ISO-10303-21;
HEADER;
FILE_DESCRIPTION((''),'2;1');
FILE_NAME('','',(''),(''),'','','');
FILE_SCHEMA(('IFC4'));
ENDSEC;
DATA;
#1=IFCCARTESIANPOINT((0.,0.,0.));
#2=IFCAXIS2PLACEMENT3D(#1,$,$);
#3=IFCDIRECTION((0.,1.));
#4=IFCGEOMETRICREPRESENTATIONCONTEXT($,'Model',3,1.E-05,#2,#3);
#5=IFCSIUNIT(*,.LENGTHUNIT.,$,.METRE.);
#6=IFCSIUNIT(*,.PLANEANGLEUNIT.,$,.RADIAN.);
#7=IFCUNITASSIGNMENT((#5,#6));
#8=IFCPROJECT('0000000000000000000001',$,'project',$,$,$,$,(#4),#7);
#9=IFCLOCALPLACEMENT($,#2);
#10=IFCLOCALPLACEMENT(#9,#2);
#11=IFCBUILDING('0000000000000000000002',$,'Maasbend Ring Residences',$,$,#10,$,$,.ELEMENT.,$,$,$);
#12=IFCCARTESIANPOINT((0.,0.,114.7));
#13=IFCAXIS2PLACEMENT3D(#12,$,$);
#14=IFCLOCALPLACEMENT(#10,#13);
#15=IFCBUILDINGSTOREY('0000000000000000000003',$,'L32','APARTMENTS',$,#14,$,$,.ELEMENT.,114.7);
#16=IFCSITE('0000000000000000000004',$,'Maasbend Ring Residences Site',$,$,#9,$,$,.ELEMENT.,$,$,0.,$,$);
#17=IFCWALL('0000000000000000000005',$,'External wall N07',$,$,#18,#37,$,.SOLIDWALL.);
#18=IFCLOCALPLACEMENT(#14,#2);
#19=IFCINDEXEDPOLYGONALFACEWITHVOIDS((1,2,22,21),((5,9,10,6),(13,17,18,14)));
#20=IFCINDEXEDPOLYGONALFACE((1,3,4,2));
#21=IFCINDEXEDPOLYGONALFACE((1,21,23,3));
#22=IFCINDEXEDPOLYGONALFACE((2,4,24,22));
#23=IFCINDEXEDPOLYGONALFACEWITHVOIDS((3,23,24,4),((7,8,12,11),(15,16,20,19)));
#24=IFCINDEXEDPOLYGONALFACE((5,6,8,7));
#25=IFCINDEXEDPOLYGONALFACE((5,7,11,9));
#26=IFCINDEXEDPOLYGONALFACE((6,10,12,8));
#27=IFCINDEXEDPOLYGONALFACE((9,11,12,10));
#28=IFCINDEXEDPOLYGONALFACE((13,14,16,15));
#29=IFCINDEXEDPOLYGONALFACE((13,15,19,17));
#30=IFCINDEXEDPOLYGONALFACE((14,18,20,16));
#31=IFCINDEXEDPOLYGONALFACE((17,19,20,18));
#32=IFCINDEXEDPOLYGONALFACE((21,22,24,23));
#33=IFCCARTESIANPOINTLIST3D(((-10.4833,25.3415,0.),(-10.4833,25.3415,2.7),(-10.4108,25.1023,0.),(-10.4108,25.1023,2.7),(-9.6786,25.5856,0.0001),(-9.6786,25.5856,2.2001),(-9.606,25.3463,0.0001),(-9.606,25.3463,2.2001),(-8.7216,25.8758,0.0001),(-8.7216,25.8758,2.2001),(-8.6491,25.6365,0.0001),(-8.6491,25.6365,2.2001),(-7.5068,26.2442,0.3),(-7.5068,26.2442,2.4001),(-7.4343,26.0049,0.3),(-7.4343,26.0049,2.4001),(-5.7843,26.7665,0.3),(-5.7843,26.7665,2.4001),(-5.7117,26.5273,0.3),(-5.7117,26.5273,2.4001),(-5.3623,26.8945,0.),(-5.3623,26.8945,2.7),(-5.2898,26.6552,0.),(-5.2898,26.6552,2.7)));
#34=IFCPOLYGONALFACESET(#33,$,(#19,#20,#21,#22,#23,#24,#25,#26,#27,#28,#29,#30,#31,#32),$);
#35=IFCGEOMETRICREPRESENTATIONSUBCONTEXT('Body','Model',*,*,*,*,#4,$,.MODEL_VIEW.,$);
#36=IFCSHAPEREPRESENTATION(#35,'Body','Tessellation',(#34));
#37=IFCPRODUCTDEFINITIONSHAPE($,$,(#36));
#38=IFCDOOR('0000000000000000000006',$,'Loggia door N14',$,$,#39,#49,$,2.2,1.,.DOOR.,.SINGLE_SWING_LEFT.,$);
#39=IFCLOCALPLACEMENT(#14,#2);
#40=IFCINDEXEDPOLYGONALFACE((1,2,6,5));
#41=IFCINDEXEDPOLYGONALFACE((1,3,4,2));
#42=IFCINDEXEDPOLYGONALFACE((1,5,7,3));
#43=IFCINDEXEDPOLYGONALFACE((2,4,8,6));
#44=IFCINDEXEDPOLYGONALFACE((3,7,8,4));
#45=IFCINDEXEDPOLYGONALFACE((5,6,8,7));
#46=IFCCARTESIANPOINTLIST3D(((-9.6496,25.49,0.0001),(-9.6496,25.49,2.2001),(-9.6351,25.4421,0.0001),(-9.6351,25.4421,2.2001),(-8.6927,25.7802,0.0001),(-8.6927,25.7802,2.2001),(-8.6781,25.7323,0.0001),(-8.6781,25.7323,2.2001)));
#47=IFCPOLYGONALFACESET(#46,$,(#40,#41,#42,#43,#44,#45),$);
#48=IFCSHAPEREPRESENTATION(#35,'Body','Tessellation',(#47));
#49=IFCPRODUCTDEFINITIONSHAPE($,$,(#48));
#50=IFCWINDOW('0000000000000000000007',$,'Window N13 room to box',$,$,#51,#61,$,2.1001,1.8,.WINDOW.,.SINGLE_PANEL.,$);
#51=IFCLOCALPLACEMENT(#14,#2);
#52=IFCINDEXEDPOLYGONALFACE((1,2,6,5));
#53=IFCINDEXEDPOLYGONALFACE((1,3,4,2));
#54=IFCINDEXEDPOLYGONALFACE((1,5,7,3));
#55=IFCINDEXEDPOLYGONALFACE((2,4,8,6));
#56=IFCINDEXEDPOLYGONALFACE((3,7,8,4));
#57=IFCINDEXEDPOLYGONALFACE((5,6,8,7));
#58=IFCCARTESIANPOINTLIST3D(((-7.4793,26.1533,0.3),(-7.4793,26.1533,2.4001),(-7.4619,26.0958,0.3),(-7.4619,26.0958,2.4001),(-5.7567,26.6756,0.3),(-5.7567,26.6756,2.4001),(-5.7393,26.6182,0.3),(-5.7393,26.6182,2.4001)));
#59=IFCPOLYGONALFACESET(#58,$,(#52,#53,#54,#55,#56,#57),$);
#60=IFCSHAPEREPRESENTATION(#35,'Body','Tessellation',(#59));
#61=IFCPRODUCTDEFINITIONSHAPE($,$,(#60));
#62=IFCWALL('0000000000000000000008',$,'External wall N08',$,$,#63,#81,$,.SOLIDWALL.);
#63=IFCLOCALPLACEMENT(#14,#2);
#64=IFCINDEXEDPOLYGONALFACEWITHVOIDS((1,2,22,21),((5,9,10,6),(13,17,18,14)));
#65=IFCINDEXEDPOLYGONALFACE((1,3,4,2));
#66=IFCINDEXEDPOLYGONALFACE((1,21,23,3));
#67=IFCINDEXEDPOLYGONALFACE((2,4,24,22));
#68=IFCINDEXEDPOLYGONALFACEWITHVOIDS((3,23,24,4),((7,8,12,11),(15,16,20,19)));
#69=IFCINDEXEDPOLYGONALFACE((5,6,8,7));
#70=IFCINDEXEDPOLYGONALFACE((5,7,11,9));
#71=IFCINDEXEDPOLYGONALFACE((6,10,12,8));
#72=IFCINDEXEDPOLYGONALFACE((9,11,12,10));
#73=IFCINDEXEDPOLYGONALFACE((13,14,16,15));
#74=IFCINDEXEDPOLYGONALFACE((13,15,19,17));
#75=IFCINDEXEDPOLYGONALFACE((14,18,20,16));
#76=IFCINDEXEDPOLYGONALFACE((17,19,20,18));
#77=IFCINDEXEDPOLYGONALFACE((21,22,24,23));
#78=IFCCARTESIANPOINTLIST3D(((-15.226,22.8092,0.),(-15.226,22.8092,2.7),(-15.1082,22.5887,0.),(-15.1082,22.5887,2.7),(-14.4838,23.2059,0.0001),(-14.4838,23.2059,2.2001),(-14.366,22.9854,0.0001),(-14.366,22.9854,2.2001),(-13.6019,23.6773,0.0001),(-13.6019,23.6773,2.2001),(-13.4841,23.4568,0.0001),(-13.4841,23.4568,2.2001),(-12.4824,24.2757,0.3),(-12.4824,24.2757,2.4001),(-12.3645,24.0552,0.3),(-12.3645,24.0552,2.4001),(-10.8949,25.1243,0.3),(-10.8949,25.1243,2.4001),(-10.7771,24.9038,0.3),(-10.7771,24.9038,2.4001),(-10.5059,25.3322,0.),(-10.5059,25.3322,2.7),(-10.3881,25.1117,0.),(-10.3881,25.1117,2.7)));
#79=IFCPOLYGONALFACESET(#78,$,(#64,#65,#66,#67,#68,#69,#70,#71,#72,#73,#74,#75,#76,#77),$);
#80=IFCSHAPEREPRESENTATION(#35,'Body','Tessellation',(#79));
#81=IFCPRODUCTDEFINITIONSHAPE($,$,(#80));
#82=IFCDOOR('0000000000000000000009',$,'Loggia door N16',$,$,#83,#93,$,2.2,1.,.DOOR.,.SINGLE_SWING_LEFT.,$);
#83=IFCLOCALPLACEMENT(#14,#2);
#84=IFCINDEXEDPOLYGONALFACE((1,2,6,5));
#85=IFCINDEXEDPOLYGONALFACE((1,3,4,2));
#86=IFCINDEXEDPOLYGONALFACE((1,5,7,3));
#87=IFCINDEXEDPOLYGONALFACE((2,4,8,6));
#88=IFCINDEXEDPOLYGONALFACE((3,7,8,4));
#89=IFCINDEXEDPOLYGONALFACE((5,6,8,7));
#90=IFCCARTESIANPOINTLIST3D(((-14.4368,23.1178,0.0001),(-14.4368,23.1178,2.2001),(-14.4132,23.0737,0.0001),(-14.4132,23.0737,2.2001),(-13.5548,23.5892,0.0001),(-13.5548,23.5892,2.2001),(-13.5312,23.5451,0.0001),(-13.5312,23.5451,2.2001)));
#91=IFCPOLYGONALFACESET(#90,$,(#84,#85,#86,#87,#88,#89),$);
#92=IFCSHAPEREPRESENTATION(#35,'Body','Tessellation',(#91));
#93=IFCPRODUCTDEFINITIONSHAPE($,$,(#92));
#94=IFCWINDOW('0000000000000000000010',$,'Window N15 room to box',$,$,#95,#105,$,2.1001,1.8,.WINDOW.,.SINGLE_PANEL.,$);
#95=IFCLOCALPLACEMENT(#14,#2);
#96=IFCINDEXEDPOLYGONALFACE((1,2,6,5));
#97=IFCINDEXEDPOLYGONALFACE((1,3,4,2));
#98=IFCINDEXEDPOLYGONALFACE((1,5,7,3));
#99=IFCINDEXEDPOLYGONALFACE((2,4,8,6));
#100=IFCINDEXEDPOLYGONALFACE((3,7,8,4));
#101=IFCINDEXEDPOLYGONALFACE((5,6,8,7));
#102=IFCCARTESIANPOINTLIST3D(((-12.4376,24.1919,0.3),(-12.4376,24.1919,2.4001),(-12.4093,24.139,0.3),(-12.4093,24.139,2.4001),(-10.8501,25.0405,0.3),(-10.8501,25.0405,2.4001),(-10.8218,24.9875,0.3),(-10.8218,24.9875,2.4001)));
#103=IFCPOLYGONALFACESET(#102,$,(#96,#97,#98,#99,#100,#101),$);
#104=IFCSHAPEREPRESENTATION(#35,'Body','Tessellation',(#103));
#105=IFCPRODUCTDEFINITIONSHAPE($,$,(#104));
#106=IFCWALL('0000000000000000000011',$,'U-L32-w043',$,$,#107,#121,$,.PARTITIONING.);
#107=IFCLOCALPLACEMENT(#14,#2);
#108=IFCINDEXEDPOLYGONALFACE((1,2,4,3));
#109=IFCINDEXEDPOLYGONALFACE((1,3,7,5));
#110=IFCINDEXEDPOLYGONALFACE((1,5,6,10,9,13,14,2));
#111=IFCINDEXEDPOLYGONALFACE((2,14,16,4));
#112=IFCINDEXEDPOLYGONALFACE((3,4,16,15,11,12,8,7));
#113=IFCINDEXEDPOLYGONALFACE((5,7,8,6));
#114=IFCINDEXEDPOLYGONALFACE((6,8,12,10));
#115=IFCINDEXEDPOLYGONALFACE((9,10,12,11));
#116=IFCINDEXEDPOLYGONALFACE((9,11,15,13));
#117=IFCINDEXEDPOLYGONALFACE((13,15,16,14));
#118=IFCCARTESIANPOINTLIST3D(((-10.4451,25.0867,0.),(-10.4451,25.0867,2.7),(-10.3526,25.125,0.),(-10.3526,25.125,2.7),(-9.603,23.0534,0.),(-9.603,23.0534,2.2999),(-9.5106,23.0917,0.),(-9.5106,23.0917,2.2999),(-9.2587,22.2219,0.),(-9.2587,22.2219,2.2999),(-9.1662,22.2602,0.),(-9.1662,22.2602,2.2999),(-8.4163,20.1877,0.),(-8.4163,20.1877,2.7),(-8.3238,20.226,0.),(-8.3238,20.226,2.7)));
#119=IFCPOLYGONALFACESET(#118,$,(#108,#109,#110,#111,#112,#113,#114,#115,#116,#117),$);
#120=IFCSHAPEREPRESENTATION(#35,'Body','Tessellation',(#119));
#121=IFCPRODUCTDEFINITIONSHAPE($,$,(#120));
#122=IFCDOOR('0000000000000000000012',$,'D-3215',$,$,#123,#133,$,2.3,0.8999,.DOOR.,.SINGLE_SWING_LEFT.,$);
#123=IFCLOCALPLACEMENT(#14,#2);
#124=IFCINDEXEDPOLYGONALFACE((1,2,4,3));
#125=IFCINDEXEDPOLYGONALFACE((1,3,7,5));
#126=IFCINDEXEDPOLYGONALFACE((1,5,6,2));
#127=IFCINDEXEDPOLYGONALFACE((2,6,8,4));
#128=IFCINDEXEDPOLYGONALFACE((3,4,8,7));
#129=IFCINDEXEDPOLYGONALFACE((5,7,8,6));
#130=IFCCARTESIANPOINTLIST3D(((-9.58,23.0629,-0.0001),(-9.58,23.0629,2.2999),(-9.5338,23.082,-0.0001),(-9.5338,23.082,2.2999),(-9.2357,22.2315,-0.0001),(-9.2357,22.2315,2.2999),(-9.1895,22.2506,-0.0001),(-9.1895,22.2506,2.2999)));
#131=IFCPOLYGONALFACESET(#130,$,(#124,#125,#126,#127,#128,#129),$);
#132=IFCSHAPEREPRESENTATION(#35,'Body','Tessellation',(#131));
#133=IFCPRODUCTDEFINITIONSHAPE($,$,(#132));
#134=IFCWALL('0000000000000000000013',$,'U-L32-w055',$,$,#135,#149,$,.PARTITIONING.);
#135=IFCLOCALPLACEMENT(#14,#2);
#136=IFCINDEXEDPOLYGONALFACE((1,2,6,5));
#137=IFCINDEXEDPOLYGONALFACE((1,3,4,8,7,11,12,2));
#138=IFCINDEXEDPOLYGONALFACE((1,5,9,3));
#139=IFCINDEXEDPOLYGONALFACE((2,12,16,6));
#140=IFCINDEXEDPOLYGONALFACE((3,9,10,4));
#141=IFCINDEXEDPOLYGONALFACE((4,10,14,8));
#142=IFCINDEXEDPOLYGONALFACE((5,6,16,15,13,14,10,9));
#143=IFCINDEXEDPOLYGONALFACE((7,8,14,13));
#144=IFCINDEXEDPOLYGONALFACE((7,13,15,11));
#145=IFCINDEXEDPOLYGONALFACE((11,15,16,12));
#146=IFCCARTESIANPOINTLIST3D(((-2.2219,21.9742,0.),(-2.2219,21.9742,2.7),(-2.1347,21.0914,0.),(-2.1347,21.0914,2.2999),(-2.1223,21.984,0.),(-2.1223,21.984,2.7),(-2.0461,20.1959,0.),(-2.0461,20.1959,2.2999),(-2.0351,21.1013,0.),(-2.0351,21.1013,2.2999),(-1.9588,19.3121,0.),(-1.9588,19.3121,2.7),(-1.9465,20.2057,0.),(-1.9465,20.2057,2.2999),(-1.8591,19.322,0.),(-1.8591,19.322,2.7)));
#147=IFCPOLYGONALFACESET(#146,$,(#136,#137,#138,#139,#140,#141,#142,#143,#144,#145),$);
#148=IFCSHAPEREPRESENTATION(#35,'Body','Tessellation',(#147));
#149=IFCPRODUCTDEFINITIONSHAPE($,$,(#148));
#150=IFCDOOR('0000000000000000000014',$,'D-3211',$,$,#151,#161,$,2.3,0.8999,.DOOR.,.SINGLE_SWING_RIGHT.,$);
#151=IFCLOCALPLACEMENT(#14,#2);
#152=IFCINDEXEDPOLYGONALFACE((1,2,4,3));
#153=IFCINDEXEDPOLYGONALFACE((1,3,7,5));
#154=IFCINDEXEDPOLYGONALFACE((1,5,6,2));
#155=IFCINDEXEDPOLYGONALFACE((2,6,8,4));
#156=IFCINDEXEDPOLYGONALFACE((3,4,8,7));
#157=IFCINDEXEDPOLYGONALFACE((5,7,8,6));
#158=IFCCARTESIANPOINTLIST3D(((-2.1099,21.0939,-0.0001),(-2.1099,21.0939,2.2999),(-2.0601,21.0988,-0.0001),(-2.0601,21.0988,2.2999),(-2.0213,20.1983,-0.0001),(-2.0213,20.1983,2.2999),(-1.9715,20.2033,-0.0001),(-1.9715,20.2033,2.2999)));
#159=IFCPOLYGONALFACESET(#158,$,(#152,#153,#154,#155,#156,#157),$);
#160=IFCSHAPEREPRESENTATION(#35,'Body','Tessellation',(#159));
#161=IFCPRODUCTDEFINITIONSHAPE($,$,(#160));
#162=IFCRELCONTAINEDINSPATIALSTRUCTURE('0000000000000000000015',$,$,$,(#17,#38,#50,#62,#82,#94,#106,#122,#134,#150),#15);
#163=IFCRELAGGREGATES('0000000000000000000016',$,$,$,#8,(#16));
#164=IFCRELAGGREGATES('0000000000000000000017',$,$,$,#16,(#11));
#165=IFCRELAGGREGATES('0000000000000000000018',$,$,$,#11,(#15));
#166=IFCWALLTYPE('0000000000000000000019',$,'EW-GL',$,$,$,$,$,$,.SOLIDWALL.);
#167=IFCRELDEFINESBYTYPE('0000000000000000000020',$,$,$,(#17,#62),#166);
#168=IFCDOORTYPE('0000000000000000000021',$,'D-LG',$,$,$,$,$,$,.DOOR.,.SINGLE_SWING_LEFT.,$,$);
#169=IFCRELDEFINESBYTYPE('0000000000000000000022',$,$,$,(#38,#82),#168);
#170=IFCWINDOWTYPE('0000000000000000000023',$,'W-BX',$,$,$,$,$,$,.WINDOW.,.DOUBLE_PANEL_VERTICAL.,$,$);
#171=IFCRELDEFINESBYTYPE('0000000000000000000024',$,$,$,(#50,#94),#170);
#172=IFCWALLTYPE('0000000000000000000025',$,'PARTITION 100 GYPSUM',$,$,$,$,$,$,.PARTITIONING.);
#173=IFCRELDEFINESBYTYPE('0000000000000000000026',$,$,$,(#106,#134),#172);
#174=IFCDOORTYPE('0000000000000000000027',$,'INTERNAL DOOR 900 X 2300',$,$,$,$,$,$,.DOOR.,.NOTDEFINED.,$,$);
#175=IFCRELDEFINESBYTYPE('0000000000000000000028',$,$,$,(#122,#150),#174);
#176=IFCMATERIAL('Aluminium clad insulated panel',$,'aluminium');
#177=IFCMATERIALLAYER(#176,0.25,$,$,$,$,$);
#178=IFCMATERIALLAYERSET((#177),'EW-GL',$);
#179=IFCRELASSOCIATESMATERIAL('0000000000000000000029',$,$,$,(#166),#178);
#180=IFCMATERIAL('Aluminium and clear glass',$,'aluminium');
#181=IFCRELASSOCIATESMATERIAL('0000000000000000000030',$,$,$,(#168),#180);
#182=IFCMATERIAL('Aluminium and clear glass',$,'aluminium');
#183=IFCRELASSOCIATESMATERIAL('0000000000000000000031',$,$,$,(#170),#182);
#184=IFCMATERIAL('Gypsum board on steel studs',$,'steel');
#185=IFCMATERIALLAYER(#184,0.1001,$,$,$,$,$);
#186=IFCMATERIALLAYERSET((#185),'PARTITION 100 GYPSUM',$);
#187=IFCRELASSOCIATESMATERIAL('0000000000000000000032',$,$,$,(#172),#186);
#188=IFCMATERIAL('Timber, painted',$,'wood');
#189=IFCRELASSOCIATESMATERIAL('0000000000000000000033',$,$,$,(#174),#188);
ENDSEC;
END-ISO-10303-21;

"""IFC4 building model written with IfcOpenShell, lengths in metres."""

from ifc_helpers import new_model, si_unit, direction, frame, frame_2d, origin, place, context, subcontext, project, spatial, rectangle, extrude, material, layer, layer_set, type_object, element, fill, save


model = new_model("IFC4")

# Units and contexts
model_context = context("Model", 3, precision=1e-05, world=origin(), true_north=direction((0.0, 1.0)))
body_context = subcontext(model_context, "Body", "Model", "MODEL_VIEW")
ifc_project = project(units=[si_unit("LENGTHUNIT", "METRE"), si_unit("PLANEANGLEUNIT", "RADIAN")], contexts=[model_context])

# Site, building, storey
site_placement = place(None, origin())
site = spatial("IfcSite", under=ifc_project, at=site_placement, Name="Maasbend Ring Residences Site", CompositionType="ELEMENT", RefElevation=0.0)
building_placement = place(site_placement, origin())
building = spatial("IfcBuilding", under=site, at=building_placement, Name="Maasbend Ring Residences", CompositionType="ELEMENT")
storey_placement = place(building_placement, frame((0.0, 0.0, 114.7)))
storey = spatial("IfcBuildingStorey", under=building, at=storey_placement, Name="L32", Description="APARTMENTS", CompositionType="ELEMENT", Elevation=114.7)

# Walls, openings, doors, windows
ifc_material_1 = material(Name="Aluminium clad insulated panel", Category="aluminium")
ifc_layer_1 = layer(ifc_material_1, 0.25)
ifc_layer_set_1 = layer_set([ifc_layer_1], Name="EW-GL")
wall_type_1 = type_object("IfcWallType", Name="EW-GL", PredefinedType="SOLIDWALL", material=ifc_layer_set_1)
wall_1_placement = place(storey_placement, frame((-5.3259, 26.7749, 0.0), z_axis=(0.0, 0.0, 1.0), x_axis=(-0.956966, -0.290201, 0.0)))
wall_1 = element("IfcWall", 1, at=wall_1_placement, inside=storey, type_object=wall_type_1, Name="External wall N07", PredefinedType="SOLIDWALL", context=body_context, shape_type="SweptSolid", body=[
    extrude(rectangle(XDim=5.3513, YDim=0.25, at=frame_2d((2.6758, 0.0))), origin(), (0.0, 0.0, 1.0), 2.7),
])
opening_1_placement = place(wall_1_placement, frame((0.4412, 0.0, 0.3)))
opening_1 = element("IfcOpeningElement", 2, at=opening_1_placement, cuts=wall_1, PredefinedType="OPENING", context=body_context, shape_type="SweptSolid", body=[
    extrude(rectangle(XDim=1.8, YDim=2.1001, at=frame_2d((0.8999, 1.05))), frame((0.0, 0.135, 0.0), z_axis=(0.0, -1.0, 0.0), x_axis=(1.0, 0.0, 0.0)), (0.0, 0.0, 1.0), 0.27),
])
opening_2_placement = place(wall_1_placement, frame((3.5105, 0.0, 0.0)))
opening_2 = element("IfcOpeningElement", 3, at=opening_2_placement, cuts=wall_1, PredefinedType="OPENING", context=body_context, shape_type="SweptSolid", body=[
    extrude(rectangle(XDim=1.0, YDim=2.2, at=frame_2d((0.5, 1.1001))), frame((0.0, 0.135, 0.0), z_axis=(0.0, -1.0, 0.0), x_axis=(1.0, 0.0, 0.0)), (0.0, 0.0, 1.0), 0.27),
])
ifc_material_2 = material(Name="Aluminium and clear glass", Category="aluminium")
door_type_1 = type_object("IfcDoorType", Name="D-LG", OperationType="SINGLE_SWING_LEFT", PredefinedType="DOOR", material=ifc_material_2)
door_1_placement = place(opening_2_placement, origin())
door_1 = element("IfcDoor", 4, at=door_1_placement, inside=storey, type_object=door_type_1, Name="Loggia door N14", OperationType="SINGLE_SWING_LEFT", OverallHeight=2.2, OverallWidth=1.0, PredefinedType="DOOR", context=body_context, shape_type="SweptSolid", body=[
    extrude(rectangle(XDim=1.0, YDim=2.2, at=frame_2d((0.5, 1.1001))), frame((0.0, 0.0249, 0.0), z_axis=(0.0, -1.0, 0.0), x_axis=(1.0, 0.0, 0.0)), (0.0, 0.0, 1.0), 0.05),
])
fill(opening_2, door_1)
ifc_material_3 = material(Name="Aluminium and clear glass", Category="aluminium")
window_type_1 = type_object("IfcWindowType", Name="W-BX", PartitioningType="DOUBLE_PANEL_VERTICAL", PredefinedType="WINDOW", material=ifc_material_3)
window_1_placement = place(opening_1_placement, origin())
window_1 = element("IfcWindow", 5, at=window_1_placement, inside=storey, type_object=window_type_1, Name="Window N13 room to box", OverallHeight=2.1001, OverallWidth=1.8, PartitioningType="SINGLE_PANEL", PredefinedType="WINDOW", context=body_context, shape_type="SweptSolid", body=[
    extrude(rectangle(XDim=1.8, YDim=2.1001, at=frame_2d((0.8999, 1.05))), frame((0.0, 0.03, 0.0), z_axis=(0.0, -1.0, 0.0), x_axis=(1.0, 0.0, 0.0)), (0.0, 0.0, 1.0), 0.0601),
])
fill(opening_1, window_1)
wall_2_placement = place(storey_placement, frame((-10.447, 25.2219, 0.0), z_axis=(0.0, 0.0, 1.0), x_axis=(-0.881916, -0.471407, 0.0)))
wall_2 = element("IfcWall", 6, at=wall_2_placement, inside=storey, type_object=wall_type_1, Name="External wall N08", PredefinedType="SOLIDWALL", context=body_context, shape_type="SweptSolid", body=[
    extrude(rectangle(XDim=5.3521, YDim=0.25, at=frame_2d((2.676, 0.0))), origin(), (0.0, 0.0, 1.0), 2.7),
])
opening_3_placement = place(wall_2_placement, frame((0.4412, 0.0, 0.3)))
opening_3 = element("IfcOpeningElement", 7, at=opening_3_placement, cuts=wall_2, PredefinedType="OPENING", context=body_context, shape_type="SweptSolid", body=[
    extrude(rectangle(XDim=1.8, YDim=2.1001, at=frame_2d((0.8999, 1.05))), frame((0.0, 0.135, 0.0), z_axis=(0.0, -1.0, 0.0), x_axis=(1.0, 0.0, 0.0)), (0.0, 0.0, 1.0), 0.27),
])
opening_4_placement = place(wall_2_placement, frame((3.5105, 0.0, 0.0)))
opening_4 = element("IfcOpeningElement", 8, at=opening_4_placement, cuts=wall_2, PredefinedType="OPENING", context=body_context, shape_type="SweptSolid", body=[
    extrude(rectangle(XDim=1.0, YDim=2.2, at=frame_2d((0.5, 1.1001))), frame((0.0, 0.135, 0.0), z_axis=(0.0, -1.0, 0.0), x_axis=(1.0, 0.0, 0.0)), (0.0, 0.0, 1.0), 0.27),
])
door_2_placement = place(opening_4_placement, origin())
door_2 = element("IfcDoor", 9, at=door_2_placement, inside=storey, type_object=door_type_1, Name="Loggia door N16", OperationType="SINGLE_SWING_LEFT", OverallHeight=2.2, OverallWidth=1.0, PredefinedType="DOOR", context=body_context, shape_type="SweptSolid", body=[
    extrude(rectangle(XDim=1.0, YDim=2.2, at=frame_2d((0.5, 1.1001))), frame((0.0, 0.0249, 0.0), z_axis=(0.0, -1.0, 0.0), x_axis=(1.0, 0.0, 0.0)), (0.0, 0.0, 1.0), 0.05),
])
fill(opening_4, door_2)
window_2_placement = place(opening_3_placement, origin())
window_2 = element("IfcWindow", 10, at=window_2_placement, inside=storey, type_object=window_type_1, Name="Window N15 room to box", OverallHeight=2.1001, OverallWidth=1.8, PartitioningType="SINGLE_PANEL", PredefinedType="WINDOW", context=body_context, shape_type="SweptSolid", body=[
    extrude(rectangle(XDim=1.8, YDim=2.1001, at=frame_2d((0.8999, 1.05))), frame((0.0, 0.03, 0.0), z_axis=(0.0, -1.0, 0.0), x_axis=(1.0, 0.0, 0.0)), (0.0, 0.0, 1.0), 0.0601),
])
fill(opening_3, window_2)

# Walls, openings, doors
ifc_material_4 = material(Name="Gypsum board on steel studs", Category="steel")
ifc_layer_2 = layer(ifc_material_4, 0.1001)
ifc_layer_set_2 = layer_set([ifc_layer_2], Name="PARTITION 100 GYPSUM")
wall_type_2 = type_object("IfcWallType", Name="PARTITION 100 GYPSUM", PredefinedType="PARTITIONING", material=ifc_layer_set_2)
wall_3_placement = place(storey_placement, frame((-10.3989, 25.106, 0.0), z_axis=(0.0, 0.0, 1.0), x_axis=(0.38262, -0.923906, 0.0)))
wall_3 = element("IfcWall", 11, at=wall_3_placement, inside=storey, type_object=wall_type_2, Name="U-L32-w043", PredefinedType="PARTITIONING", context=body_context, shape_type="SweptSolid", body=[
    extrude(rectangle(XDim=5.3025, YDim=0.1001, at=frame_2d((2.6514, 0.0))), origin(), (0.0, 0.0, 1.0), 2.7),
])
opening_5_placement = place(wall_3_placement, frame((2.2009, 0.0, 0.0)))
opening_5 = element("IfcOpeningElement", 12, at=opening_5_placement, cuts=wall_3, PredefinedType="OPENING", context=body_context, shape_type="SweptSolid", body=[
    extrude(rectangle(XDim=0.8999, YDim=2.3, at=frame_2d((0.45, 1.1499))), frame((0.0, 0.0601, 0.0), z_axis=(0.0, -1.0, 0.0), x_axis=(1.0, 0.0, 0.0)), (0.0, 0.0, 1.0), 0.1201),
])
ifc_material_5 = material(Name="Timber, painted", Category="wood")
door_type_2 = type_object("IfcDoorType", Name="INTERNAL DOOR 900 X 2300", OperationType="NOTDEFINED", PredefinedType="DOOR", material=ifc_material_5)
door_3_placement = place(opening_5_placement, origin())
door_3 = element("IfcDoor", 13, at=door_3_placement, inside=storey, type_object=door_type_2, Name="D-3215", OperationType="SINGLE_SWING_LEFT", OverallHeight=2.3, OverallWidth=0.8999, PredefinedType="DOOR", context=body_context, shape_type="SweptSolid", body=[
    extrude(rectangle(XDim=0.8999, YDim=2.3, at=frame_2d((0.45, 1.1499))), frame((0.0, 0.0249, 0.0), z_axis=(0.0, -1.0, 0.0), x_axis=(1.0, 0.0, 0.0)), (0.0, 0.0, 1.0), 0.05),
])
fill(opening_5, door_3)
wall_4_placement = place(storey_placement, frame((-2.1721, 21.979, 0.0), z_axis=(0.0, 0.0, 1.0), x_axis=(0.098383, -0.995149, 0.0)))
wall_4 = element("IfcWall", 14, at=wall_4_placement, inside=storey, type_object=wall_type_2, Name="U-L32-w055", PredefinedType="PARTITIONING", context=body_context, shape_type="SweptSolid", body=[
    extrude(rectangle(XDim=2.675, YDim=0.1001, at=frame_2d((1.3374, 0.0))), origin(), (0.0, 0.0, 1.0), 2.7),
])
opening_6_placement = place(wall_4_placement, frame((0.887, 0.0, 0.0)))
opening_6 = element("IfcOpeningElement", 15, at=opening_6_placement, cuts=wall_4, PredefinedType="OPENING", context=body_context, shape_type="SweptSolid", body=[
    extrude(rectangle(XDim=0.8999, YDim=2.3, at=frame_2d((0.45, 1.1499))), frame((0.0, 0.0601, 0.0), z_axis=(0.0, -1.0, 0.0), x_axis=(1.0, 0.0, 0.0)), (0.0, 0.0, 1.0), 0.1201),
])
door_4_placement = place(opening_6_placement, origin())
door_4 = element("IfcDoor", 16, at=door_4_placement, inside=storey, type_object=door_type_2, Name="D-3211", OperationType="SINGLE_SWING_RIGHT", OverallHeight=2.3, OverallWidth=0.8999, PredefinedType="DOOR", context=body_context, shape_type="SweptSolid", body=[
    extrude(rectangle(XDim=0.8999, YDim=2.3, at=frame_2d((0.45, 1.1499))), frame((0.0, 0.0249, 0.0), z_axis=(0.0, -1.0, 0.0), x_axis=(1.0, 0.0, 0.0)), (0.0, 0.0, 1.0), 0.05),
])
fill(opening_6, door_4)

save(model, "model.ifc")
